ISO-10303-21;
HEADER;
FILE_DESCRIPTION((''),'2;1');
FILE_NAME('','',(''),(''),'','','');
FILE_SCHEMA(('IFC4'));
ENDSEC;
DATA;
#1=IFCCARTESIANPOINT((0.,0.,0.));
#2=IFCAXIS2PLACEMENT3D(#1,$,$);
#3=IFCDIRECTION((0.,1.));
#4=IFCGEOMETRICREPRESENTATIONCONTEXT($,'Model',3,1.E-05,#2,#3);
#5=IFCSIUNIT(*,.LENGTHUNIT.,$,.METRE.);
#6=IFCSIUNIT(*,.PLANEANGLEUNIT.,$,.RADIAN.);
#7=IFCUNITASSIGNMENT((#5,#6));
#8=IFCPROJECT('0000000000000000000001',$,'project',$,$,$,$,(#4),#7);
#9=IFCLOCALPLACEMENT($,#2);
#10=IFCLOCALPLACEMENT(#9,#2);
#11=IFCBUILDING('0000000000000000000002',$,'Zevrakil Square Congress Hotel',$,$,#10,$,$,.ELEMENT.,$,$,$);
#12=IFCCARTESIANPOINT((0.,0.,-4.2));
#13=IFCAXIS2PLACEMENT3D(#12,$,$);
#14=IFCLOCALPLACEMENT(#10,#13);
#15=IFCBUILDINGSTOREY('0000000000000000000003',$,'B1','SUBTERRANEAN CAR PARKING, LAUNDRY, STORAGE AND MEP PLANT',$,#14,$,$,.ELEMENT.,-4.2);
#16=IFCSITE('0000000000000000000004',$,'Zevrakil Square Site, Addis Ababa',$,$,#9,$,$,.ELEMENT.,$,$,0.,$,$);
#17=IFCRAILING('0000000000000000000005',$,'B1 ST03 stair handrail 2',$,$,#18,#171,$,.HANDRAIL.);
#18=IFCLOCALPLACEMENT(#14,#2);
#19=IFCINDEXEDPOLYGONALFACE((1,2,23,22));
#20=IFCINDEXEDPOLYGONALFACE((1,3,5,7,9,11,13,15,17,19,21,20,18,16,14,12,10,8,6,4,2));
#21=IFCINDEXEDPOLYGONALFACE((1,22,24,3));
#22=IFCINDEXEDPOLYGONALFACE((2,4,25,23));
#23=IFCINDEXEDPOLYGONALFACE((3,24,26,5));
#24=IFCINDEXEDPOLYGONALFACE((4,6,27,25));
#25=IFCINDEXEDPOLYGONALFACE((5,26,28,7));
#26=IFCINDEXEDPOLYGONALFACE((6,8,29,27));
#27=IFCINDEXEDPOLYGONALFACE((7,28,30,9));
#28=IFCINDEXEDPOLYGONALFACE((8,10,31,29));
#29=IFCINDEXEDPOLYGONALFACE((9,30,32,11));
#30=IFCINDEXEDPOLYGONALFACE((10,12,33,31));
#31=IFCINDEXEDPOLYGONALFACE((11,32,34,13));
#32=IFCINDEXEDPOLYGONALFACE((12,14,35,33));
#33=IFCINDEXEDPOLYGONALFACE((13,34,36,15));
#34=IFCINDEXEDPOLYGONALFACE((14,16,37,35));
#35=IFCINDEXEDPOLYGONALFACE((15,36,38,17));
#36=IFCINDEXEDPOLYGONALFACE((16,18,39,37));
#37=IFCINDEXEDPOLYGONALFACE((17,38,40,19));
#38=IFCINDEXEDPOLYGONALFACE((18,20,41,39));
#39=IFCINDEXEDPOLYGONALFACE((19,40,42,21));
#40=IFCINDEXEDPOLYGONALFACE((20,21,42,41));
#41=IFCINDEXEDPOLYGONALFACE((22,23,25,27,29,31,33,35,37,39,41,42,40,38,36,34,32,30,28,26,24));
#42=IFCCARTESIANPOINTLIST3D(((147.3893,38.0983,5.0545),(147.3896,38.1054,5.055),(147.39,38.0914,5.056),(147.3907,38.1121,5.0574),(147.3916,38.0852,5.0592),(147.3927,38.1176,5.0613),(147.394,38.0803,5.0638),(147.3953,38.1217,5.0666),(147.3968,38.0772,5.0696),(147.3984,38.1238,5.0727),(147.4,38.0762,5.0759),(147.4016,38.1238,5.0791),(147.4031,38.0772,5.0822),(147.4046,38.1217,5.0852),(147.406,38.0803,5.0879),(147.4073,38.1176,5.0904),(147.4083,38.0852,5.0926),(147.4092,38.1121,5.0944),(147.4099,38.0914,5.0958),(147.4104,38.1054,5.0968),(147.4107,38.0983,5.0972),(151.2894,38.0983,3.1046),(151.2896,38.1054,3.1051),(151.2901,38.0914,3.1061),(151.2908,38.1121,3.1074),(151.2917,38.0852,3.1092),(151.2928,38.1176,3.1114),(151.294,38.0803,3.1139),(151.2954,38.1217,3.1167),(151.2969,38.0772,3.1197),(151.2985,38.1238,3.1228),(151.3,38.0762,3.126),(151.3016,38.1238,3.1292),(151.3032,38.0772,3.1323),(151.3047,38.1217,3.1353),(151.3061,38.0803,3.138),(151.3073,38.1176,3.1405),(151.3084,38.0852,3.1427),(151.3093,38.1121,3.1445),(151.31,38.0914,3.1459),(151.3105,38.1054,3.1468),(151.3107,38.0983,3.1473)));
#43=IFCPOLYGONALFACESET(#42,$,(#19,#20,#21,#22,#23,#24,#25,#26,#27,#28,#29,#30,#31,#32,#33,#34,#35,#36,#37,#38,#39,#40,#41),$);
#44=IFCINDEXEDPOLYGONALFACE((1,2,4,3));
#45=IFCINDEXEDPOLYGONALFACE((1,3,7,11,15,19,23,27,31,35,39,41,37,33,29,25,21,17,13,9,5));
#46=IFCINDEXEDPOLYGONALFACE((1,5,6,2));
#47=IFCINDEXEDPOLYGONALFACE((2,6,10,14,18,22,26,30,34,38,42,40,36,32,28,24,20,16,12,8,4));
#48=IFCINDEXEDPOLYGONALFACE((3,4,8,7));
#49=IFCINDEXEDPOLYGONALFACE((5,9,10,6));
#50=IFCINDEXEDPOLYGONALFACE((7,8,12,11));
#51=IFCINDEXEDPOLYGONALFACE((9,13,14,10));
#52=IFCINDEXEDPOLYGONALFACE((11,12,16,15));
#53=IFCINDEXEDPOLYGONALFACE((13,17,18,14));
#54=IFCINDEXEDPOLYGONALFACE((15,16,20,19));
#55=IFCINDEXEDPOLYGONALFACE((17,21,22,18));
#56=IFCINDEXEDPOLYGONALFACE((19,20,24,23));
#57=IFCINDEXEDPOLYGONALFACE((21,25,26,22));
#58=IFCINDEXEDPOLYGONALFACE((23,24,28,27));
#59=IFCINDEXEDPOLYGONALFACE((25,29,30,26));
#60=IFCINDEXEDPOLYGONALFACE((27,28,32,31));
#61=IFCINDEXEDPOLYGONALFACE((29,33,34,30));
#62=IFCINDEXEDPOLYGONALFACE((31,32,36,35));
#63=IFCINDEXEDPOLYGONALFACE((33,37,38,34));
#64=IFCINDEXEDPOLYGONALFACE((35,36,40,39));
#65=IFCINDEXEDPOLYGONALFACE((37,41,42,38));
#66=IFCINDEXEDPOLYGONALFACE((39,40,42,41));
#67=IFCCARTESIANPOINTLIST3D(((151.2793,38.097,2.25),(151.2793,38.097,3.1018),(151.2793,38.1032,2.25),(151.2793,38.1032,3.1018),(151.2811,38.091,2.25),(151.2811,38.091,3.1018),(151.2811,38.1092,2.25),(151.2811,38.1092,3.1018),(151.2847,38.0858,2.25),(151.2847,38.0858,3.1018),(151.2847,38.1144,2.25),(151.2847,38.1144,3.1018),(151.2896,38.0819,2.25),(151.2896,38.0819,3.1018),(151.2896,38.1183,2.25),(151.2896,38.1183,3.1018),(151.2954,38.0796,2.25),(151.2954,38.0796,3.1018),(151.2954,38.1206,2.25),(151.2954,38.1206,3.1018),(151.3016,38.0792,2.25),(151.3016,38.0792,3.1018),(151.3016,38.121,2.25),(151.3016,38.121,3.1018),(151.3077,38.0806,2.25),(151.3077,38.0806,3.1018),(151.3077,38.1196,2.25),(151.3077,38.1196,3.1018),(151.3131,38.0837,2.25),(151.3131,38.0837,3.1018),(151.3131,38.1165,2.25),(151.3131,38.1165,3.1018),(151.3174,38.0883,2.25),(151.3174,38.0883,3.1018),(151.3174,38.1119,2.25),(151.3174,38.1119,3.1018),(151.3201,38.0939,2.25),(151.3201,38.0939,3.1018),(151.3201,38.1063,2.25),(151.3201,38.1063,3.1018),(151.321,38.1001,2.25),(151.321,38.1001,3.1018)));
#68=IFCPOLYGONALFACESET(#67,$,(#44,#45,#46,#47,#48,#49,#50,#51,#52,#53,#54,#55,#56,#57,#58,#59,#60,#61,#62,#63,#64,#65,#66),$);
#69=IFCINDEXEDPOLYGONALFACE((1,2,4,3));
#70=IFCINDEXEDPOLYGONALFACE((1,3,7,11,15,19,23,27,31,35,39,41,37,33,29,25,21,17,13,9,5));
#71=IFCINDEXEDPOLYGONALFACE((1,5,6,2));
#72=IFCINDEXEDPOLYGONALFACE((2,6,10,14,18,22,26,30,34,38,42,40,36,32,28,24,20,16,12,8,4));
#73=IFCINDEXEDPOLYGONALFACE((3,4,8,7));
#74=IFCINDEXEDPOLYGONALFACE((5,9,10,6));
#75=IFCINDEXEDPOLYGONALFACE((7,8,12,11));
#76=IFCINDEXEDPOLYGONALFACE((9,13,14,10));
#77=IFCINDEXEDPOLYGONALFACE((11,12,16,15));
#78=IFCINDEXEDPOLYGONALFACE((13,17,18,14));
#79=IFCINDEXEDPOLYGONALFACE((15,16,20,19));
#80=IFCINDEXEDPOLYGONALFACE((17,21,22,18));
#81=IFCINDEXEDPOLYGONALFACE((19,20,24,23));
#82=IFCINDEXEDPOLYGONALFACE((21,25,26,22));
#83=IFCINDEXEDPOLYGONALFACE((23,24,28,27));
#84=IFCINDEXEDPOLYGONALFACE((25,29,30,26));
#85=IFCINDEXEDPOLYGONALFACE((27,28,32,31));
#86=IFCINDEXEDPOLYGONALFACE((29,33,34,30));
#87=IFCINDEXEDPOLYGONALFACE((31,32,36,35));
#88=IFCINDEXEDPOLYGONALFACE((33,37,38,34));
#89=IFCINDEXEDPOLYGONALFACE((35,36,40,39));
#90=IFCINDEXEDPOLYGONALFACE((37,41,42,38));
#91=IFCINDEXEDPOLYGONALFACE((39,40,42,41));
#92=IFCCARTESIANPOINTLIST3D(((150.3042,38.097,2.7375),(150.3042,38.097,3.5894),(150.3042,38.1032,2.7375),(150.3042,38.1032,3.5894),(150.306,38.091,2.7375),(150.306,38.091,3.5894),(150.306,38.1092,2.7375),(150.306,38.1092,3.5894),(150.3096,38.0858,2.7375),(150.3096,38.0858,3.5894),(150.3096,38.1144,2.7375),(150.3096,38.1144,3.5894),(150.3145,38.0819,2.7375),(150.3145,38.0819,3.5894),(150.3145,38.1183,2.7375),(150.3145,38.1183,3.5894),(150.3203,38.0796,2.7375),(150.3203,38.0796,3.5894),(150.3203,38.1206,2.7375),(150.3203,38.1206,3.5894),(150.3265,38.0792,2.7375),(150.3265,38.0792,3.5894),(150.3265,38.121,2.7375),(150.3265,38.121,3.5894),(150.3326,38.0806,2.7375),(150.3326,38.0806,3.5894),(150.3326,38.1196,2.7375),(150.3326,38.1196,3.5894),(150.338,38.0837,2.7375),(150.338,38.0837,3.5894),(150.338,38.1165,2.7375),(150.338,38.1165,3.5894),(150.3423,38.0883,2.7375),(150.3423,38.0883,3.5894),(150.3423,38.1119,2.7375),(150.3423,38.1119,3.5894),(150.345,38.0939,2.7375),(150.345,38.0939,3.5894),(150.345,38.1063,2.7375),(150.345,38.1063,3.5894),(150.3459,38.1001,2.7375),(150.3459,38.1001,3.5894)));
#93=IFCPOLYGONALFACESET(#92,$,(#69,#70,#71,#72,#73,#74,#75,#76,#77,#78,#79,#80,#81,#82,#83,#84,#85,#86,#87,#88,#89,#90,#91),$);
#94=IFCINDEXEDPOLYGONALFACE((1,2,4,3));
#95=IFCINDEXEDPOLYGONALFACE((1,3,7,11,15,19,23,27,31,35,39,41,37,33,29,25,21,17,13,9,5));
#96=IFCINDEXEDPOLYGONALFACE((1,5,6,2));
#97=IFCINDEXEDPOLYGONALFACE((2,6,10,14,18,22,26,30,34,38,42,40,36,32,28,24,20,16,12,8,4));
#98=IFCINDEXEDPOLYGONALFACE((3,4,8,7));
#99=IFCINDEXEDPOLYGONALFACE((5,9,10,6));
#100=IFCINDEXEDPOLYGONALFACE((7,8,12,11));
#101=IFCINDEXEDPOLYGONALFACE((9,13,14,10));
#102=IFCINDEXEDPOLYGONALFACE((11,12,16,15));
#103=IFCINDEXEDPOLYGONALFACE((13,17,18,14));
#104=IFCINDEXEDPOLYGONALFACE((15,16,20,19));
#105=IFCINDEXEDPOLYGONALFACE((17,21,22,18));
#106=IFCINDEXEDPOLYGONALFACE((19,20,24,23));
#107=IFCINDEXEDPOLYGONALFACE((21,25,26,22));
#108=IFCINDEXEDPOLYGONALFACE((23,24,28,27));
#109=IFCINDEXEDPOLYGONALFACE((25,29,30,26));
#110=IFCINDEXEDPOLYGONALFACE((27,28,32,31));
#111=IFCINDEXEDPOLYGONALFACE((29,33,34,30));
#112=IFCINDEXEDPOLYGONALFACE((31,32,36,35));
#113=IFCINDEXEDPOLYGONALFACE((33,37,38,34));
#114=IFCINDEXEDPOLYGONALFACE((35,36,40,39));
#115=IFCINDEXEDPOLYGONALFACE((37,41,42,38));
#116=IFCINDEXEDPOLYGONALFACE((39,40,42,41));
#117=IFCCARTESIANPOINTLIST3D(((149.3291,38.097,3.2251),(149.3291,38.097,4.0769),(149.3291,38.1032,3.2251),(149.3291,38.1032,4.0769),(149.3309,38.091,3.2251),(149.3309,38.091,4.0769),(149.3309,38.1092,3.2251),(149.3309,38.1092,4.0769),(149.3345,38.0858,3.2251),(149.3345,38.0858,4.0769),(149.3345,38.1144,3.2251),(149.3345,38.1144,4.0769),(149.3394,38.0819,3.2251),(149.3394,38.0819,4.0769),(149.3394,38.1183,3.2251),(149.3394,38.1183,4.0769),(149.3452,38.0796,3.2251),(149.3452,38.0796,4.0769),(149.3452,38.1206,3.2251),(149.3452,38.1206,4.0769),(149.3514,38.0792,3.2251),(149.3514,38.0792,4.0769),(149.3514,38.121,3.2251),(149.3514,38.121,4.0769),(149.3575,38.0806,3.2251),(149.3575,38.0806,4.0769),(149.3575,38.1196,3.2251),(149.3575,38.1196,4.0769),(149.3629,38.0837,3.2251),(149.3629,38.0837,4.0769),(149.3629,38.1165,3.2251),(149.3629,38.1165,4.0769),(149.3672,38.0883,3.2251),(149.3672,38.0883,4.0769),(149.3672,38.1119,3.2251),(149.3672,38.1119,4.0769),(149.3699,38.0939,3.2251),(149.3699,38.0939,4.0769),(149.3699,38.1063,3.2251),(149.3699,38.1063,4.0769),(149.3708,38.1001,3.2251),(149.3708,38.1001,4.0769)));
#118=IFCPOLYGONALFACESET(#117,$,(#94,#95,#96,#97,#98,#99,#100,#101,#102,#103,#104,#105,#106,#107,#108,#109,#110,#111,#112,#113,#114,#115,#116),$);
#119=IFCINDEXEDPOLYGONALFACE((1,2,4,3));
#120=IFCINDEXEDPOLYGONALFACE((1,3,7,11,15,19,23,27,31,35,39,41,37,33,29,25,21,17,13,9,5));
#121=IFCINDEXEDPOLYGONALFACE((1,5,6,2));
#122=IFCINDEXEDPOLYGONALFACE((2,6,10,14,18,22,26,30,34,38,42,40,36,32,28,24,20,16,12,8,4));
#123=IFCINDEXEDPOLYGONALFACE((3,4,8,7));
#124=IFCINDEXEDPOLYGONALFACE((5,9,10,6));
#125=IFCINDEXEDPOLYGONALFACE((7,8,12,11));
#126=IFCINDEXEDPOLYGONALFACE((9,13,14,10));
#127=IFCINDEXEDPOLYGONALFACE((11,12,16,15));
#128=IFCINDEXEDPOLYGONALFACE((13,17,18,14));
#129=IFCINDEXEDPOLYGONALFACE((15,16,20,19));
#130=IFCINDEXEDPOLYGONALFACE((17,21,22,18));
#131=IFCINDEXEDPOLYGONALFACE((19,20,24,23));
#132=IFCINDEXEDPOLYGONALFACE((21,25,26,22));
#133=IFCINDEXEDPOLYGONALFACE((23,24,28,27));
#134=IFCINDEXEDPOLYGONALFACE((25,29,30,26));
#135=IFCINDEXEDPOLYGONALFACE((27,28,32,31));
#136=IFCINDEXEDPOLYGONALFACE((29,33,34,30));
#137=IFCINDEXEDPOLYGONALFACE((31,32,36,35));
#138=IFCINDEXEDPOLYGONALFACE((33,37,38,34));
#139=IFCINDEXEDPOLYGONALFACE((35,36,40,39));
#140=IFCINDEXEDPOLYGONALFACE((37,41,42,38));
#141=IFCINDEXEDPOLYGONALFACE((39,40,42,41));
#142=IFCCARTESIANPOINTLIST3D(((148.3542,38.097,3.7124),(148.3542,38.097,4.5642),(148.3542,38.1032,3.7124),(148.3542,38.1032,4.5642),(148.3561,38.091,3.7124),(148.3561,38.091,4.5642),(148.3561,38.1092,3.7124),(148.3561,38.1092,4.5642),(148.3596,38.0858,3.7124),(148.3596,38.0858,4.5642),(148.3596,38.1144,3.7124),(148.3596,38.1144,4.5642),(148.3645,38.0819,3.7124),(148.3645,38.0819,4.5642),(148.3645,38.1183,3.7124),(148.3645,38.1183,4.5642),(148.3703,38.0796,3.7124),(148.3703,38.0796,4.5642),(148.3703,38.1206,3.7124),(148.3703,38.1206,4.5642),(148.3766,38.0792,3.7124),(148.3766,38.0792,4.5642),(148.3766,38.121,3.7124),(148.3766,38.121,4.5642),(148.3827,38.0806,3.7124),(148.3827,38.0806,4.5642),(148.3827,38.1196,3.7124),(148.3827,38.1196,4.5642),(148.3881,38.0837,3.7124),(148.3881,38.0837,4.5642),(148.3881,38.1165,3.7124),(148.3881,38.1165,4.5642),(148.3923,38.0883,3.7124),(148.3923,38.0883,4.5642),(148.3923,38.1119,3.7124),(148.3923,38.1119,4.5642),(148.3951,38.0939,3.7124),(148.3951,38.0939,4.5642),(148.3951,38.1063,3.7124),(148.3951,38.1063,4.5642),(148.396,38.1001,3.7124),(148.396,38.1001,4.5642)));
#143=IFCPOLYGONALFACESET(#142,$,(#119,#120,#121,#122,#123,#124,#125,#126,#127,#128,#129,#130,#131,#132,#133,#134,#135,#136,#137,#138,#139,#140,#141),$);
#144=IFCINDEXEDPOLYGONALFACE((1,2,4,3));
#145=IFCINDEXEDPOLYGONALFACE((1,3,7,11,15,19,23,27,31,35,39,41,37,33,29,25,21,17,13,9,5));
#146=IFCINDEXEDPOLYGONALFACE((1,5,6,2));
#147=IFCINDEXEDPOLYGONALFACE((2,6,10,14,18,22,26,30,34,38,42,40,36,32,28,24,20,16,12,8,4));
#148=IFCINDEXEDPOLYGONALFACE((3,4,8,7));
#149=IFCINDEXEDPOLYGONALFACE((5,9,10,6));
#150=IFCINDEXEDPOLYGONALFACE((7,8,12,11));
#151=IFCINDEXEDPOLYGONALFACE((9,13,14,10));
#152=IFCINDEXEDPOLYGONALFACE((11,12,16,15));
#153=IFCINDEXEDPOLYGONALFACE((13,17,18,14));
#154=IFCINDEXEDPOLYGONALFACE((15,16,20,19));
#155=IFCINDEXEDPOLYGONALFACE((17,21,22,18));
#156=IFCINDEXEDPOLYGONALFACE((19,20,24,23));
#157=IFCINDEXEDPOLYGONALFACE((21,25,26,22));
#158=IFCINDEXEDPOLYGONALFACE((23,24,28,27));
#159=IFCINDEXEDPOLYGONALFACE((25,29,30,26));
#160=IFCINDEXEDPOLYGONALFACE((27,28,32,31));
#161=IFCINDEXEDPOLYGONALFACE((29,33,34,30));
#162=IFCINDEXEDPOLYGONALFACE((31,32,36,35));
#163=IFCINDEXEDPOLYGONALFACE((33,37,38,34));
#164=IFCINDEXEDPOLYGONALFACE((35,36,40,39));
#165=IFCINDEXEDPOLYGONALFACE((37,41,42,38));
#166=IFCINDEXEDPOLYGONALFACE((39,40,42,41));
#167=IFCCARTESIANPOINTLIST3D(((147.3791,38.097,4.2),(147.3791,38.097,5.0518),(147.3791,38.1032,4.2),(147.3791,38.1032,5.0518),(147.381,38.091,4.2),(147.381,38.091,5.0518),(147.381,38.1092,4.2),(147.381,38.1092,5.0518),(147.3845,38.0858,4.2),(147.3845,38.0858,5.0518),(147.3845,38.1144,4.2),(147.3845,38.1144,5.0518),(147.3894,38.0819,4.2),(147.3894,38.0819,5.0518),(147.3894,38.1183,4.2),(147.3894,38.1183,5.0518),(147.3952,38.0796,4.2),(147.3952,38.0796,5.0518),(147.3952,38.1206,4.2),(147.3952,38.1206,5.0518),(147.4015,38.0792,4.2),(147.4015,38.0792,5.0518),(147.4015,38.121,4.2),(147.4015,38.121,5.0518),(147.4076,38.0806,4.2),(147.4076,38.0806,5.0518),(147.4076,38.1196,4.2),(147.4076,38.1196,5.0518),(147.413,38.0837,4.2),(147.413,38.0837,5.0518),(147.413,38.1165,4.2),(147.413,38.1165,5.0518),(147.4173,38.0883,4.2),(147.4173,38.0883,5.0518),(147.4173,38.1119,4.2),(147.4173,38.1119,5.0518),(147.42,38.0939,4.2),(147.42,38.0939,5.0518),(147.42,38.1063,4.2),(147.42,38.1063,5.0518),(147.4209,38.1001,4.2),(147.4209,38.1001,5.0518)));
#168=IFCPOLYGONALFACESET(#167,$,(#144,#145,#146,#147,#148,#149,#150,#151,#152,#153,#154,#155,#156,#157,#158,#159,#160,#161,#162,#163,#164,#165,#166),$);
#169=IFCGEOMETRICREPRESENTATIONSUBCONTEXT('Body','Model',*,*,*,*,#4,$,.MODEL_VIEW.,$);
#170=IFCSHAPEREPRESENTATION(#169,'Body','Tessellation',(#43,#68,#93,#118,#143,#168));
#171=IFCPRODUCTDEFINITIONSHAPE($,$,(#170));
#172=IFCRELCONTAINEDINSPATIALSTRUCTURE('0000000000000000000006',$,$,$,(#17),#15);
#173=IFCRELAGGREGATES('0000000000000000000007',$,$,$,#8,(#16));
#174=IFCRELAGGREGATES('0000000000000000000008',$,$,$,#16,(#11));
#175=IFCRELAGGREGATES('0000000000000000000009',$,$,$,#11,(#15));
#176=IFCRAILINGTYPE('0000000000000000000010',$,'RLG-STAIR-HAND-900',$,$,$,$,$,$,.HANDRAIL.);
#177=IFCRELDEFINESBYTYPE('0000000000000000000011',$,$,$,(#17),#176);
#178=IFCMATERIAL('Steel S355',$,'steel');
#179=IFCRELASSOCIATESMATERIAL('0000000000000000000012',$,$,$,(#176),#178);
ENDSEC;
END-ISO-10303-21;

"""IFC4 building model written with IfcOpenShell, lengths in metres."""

from ifc_helpers import new_model, si_unit, direction, frame, origin, origin_2d, place, context, subcontext, project, spatial, circle, extrude, material, type_object, element, save


model = new_model("IFC4")

# Units and contexts
model_context = context("Model", 3, precision=1e-05, world=origin(), true_north=direction((0.0, 1.0)))
body_context = subcontext(model_context, "Body", "Model", "MODEL_VIEW")
ifc_project = project(units=[si_unit("LENGTHUNIT", "METRE"), si_unit("PLANEANGLEUNIT", "RADIAN")], contexts=[model_context])

# Site, building, storey
site_placement = place(None, origin())
site = spatial("IfcSite", under=ifc_project, at=site_placement, Name="Zevrakil Square Site, Addis Ababa", CompositionType="ELEMENT", RefElevation=0.0)
building_placement = place(site_placement, origin())
building = spatial("IfcBuilding", under=site, at=building_placement, Name="Zevrakil Square Congress Hotel", CompositionType="ELEMENT")
storey_placement = place(building_placement, frame((0.0, 0.0, -4.2)))
storey = spatial("IfcBuildingStorey", under=building, at=storey_placement, Name="B1", Description="SUBTERRANEAN CAR PARKING, LAUNDRY, STORAGE AND MEP PLANT", CompositionType="ELEMENT", Elevation=-4.2)

# Railing
ifc_material_1 = material(Name="Steel S355", Category="steel")
railing_type_1 = type_object("IfcRailingType", Name="RLG-STAIR-HAND-900", PredefinedType="HANDRAIL", material=ifc_material_1)
railing_1_placement = place(storey_placement, frame((151.3, 38.1001, 2.25)))
element("IfcRailing", 1, at=railing_1_placement, inside=storey, type_object=railing_type_1, Name="B1 ST03 stair handrail 2", PredefinedType="HANDRAIL", context=body_context, shape_type="SweptSolid", body=[
    extrude(circle(Radius=0.0239, at=origin_2d()), frame((0.0, 0.0, 0.876), z_axis=(-0.894438, 0.0, 0.447191), x_axis=(0.0, -1.0, 0.0)), (0.0, 0.0, 1.0), 4.3604),
    extrude(circle(Radius=0.021, at=origin_2d()), origin(), (0.0, 0.0, 1.0), 0.8518),
    extrude(circle(Radius=0.021, at=origin_2d()), frame((-0.9751, 0.0, 0.4875)), (0.0, 0.0, 1.0), 0.8518),
    extrude(circle(Radius=0.021, at=origin_2d()), frame((-1.9502, 0.0, 0.9751)), (0.0, 0.0, 1.0), 0.8518),
    extrude(circle(Radius=0.021, at=origin_2d()), frame((-2.925, 0.0, 1.4624)), (0.0, 0.0, 1.0), 0.8518),
    extrude(circle(Radius=0.021, at=origin_2d()), frame((-3.9001, 0.0, 1.95)), (0.0, 0.0, 1.0), 0.8518),
])

save(model, "model.ifc")
